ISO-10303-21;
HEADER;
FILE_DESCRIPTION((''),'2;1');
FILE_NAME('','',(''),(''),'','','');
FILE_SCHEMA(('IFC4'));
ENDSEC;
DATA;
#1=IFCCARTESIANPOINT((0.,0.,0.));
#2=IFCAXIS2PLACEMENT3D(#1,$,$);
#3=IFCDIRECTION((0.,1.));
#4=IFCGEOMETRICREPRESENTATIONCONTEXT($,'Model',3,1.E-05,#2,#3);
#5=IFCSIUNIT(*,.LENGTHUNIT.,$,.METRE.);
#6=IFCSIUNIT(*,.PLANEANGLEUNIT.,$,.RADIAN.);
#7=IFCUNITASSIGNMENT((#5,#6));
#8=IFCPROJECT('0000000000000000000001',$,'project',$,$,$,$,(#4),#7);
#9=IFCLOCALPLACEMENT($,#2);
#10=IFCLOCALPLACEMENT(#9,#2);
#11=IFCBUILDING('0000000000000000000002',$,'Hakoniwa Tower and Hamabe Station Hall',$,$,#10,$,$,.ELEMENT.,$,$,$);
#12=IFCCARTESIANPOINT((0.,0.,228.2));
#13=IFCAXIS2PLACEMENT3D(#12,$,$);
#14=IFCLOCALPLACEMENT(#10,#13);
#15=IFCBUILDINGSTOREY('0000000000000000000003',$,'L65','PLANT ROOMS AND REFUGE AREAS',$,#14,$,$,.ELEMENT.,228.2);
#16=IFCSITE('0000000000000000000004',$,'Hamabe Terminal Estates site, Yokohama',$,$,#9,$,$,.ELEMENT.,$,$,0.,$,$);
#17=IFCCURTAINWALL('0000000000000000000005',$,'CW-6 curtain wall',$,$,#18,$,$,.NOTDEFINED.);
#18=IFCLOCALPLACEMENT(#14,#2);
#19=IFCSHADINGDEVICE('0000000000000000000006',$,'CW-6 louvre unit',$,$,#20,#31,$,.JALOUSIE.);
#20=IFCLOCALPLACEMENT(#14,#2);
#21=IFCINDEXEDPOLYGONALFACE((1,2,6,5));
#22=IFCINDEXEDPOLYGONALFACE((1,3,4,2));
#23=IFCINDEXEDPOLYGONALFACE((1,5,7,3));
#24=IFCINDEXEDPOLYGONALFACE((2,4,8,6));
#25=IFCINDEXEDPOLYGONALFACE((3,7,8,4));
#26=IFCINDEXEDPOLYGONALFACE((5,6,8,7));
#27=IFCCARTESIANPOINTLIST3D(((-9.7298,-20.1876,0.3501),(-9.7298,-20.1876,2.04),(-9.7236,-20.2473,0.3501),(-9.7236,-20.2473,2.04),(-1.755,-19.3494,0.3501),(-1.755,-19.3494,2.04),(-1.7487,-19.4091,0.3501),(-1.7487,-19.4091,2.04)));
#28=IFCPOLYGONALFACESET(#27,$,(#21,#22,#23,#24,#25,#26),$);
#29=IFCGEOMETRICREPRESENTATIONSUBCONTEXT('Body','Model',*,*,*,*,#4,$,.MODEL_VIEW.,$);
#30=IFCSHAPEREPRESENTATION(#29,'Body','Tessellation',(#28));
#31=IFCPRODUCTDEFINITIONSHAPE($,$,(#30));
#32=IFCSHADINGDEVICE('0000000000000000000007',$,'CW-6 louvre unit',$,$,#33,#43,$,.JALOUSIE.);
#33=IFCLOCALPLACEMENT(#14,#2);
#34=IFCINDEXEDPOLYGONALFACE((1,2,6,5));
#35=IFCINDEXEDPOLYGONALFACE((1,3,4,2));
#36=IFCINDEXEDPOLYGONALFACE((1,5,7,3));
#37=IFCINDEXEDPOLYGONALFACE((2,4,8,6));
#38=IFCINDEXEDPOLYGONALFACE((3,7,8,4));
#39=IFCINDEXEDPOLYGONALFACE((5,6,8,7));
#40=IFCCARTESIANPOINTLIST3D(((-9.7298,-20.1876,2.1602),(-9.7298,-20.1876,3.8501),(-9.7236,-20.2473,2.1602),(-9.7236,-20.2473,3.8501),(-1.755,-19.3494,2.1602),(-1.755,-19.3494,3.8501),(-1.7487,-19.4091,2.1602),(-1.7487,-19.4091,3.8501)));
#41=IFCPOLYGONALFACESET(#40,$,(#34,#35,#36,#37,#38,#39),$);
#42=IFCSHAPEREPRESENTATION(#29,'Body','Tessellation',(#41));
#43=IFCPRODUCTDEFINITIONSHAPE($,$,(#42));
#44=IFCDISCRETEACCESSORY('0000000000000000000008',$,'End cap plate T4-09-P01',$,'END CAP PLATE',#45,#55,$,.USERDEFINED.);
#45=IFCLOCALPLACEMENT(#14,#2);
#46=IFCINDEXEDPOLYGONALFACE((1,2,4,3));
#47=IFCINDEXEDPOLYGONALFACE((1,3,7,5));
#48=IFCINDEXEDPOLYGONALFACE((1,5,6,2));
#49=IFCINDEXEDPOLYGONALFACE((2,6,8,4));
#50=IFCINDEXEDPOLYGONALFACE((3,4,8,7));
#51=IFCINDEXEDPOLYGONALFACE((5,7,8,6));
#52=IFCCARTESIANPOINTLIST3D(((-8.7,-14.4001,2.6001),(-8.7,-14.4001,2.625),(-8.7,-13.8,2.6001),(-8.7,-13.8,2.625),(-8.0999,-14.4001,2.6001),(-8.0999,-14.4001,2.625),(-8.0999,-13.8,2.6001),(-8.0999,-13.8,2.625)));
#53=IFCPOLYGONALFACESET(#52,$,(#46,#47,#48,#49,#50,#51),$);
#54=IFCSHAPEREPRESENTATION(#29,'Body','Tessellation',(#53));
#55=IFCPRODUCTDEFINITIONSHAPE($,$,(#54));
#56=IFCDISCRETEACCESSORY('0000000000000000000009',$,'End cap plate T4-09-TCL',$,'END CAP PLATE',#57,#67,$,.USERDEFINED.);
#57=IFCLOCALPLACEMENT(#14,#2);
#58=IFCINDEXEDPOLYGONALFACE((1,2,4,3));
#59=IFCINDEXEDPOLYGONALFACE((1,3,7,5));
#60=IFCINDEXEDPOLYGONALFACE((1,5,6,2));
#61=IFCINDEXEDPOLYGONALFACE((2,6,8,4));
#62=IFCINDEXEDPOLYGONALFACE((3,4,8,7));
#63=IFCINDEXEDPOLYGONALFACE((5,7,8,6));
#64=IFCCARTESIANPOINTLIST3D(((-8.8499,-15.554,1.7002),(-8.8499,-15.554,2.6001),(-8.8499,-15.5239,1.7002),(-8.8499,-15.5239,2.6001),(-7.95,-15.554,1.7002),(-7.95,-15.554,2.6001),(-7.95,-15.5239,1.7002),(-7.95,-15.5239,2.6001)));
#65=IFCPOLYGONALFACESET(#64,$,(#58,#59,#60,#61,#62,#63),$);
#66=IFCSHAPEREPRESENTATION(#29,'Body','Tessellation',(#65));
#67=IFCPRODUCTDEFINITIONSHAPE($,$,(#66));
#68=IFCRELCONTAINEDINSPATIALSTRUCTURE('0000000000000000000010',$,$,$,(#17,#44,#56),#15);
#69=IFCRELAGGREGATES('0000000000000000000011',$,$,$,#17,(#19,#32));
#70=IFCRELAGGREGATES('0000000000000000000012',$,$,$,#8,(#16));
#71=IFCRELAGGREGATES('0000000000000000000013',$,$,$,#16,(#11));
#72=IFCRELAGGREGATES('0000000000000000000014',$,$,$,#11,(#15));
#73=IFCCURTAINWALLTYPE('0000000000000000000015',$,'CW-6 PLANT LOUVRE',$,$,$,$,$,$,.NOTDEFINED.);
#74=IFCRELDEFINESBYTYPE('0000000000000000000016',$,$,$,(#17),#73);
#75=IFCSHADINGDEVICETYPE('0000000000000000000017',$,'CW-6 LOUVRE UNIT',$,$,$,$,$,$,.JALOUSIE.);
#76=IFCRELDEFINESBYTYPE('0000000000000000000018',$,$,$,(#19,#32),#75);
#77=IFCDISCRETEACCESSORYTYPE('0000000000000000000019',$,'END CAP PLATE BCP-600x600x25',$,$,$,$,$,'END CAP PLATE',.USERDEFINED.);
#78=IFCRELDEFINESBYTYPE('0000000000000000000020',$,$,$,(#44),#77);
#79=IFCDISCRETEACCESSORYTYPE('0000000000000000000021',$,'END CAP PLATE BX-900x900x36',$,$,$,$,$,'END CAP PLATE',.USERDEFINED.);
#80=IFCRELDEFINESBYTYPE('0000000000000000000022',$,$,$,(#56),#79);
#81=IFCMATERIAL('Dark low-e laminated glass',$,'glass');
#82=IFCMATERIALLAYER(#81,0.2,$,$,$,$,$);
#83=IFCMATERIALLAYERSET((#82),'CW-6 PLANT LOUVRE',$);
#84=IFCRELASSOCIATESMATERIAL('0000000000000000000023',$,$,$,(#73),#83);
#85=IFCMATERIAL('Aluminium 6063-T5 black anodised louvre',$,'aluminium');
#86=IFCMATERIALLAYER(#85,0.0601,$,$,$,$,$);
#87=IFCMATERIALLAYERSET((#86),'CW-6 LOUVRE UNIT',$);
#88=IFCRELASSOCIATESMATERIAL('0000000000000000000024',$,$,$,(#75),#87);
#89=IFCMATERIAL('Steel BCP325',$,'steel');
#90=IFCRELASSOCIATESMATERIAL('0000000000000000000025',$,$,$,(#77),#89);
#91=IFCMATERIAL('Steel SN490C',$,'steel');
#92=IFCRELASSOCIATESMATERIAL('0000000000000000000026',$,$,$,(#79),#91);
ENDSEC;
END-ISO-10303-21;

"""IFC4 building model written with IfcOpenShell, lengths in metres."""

from ifc_helpers import new_model, si_unit, direction, frame, origin, origin_2d, place, context, subcontext, project, spatial, rectangle, extrude, material, layer, layer_set, material_profile, profile_set, type_object, element, aggregate, save


model = new_model("IFC4")

# Units and contexts
model_context = context("Model", 3, precision=1e-05, world=origin(), true_north=direction((0.0, 1.0)))
body_context = subcontext(model_context, "Body", "Model", "MODEL_VIEW")
ifc_project = project(units=[si_unit("LENGTHUNIT", "METRE"), si_unit("PLANEANGLEUNIT", "RADIAN")], contexts=[model_context])

# Site, building, storey
site_placement = place(None, origin())
site = spatial("IfcSite", under=ifc_project, at=site_placement, Name="Hamabe Terminal Estates site, Yokohama", CompositionType="ELEMENT", RefElevation=0.0)
building_placement = place(site_placement, origin())
building = spatial("IfcBuilding", under=site, at=building_placement, Name="Hakoniwa Tower and Hamabe Station Hall", CompositionType="ELEMENT")
storey_placement = place(building_placement, frame((0.0, 0.0, 228.2)))
storey = spatial("IfcBuildingStorey", under=building, at=storey_placement, Name="L65", Description="PLANT ROOMS AND REFUGE AREAS", CompositionType="ELEMENT", Elevation=228.2)

# Curtain wall
ifc_material_1 = material(Name="Dark low-e laminated glass", Category="glass")
ifc_layer_1 = layer(ifc_material_1, 0.2)
ifc_layer_set_1 = layer_set([ifc_layer_1], Name="CW-6 PLANT LOUVRE")
curtain_wall_type = type_object("IfcCurtainWallType", Name="CW-6 PLANT LOUVRE", PredefinedType="NOTDEFINED", material=ifc_layer_set_1)
curtain_wall_placement = place(storey_placement, origin())
curtain_wall = element("IfcCurtainWall", 1, at=curtain_wall_placement, inside=storey, type_object=curtain_wall_type, Name="CW-6 curtain wall", PredefinedType="NOTDEFINED")

# Shading devices
ifc_material_2 = material(Name="Aluminium 6063-T5 black anodised louvre", Category="aluminium")
ifc_layer_2 = layer(ifc_material_2, 0.0601)
ifc_layer_set_2 = layer_set([ifc_layer_2], Name="CW-6 LOUVRE UNIT")
shading_device_type = type_object("IfcShadingDeviceType", Name="CW-6 LOUVRE UNIT", PredefinedType="JALOUSIE", material=ifc_layer_set_2)
shading_device_1_placement = place(storey_placement, frame((-5.7393, -19.7983, 0.3501), z_axis=(0.0, 0.0, 1.0), x_axis=(0.994522, 0.104528, 0.0)))
shading_device_1 = element("IfcShadingDevice", 2, at=shading_device_1_placement, type_object=shading_device_type, Name="CW-6 louvre unit", PredefinedType="JALOUSIE", context=body_context, shape_type="SweptSolid", body=[
    extrude(rectangle(XDim=8.0188, YDim=0.0601, at=origin_2d()), origin(), (0.0, 0.0, 1.0), 1.6899),
])
shading_device_2_placement = place(storey_placement, frame((-5.7393, -19.7983, 2.1602), z_axis=(0.0, 0.0, 1.0), x_axis=(0.994522, 0.104528, 0.0)))
shading_device_2 = element("IfcShadingDevice", 3, at=shading_device_2_placement, type_object=shading_device_type, Name="CW-6 louvre unit", PredefinedType="JALOUSIE", context=body_context, shape_type="SweptSolid", body=[
    extrude(rectangle(XDim=8.0188, YDim=0.0601, at=origin_2d()), origin(), (0.0, 0.0, 1.0), 1.6899),
])
aggregate(curtain_wall, [shading_device_1, shading_device_2])

# Discrete accessories
ifc_material_3 = material(Name="Steel BCP325", Category="steel")
ifc_material_profile_1 = material_profile(ifc_material_3, rectangle(XDim=0.6001, YDim=0.6001, at=origin_2d()), Name="END CAP PLATE BCP-600x600x25")
ifc_profile_set_1 = profile_set([ifc_material_profile_1], Name="Steel BCP325")
discrete_accessory_type_1 = type_object("IfcDiscreteAccessoryType", Name="END CAP PLATE BCP-600x600x25", ElementType="END CAP PLATE", PredefinedType="USERDEFINED", material=ifc_profile_set_1)
discrete_accessory_1_placement = place(storey_placement, frame((-8.3999, -14.1001, 2.6001), z_axis=(0.0, 0.0, 1.0), x_axis=(1.0, 0.0, 0.0)))
element("IfcDiscreteAccessory", 4, at=discrete_accessory_1_placement, inside=storey, type_object=discrete_accessory_type_1, Name="End cap plate T4-09-P01", ObjectType="END CAP PLATE", PredefinedType="USERDEFINED", context=body_context, shape_type="SweptSolid", body=[
    extrude(rectangle(XDim=0.6001, YDim=0.6001, at=origin_2d()), origin(), (0.0, 0.0, 1.0), 0.0249),
])
ifc_material_4 = material(Name="Steel SN490C", Category="steel")
ifc_material_profile_2 = material_profile(ifc_material_4, rectangle(XDim=0.8999, YDim=0.8999, at=origin_2d()), Name="END CAP PLATE BX-900x900x36")
ifc_profile_set_2 = profile_set([ifc_material_profile_2], Name="Steel SN490C")
discrete_accessory_type_2 = type_object("IfcDiscreteAccessoryType", Name="END CAP PLATE BX-900x900x36", ElementType="END CAP PLATE", PredefinedType="USERDEFINED", material=ifc_profile_set_2)
discrete_accessory_2_placement = place(storey_placement, frame((-8.3999, -15.554, 2.1501), z_axis=(0.0, 1.0, 0.0), x_axis=(-1.0, 0.0, 0.0)))
element("IfcDiscreteAccessory", 5, at=discrete_accessory_2_placement, inside=storey, type_object=discrete_accessory_type_2, Name="End cap plate T4-09-TCL", ObjectType="END CAP PLATE", PredefinedType="USERDEFINED", context=body_context, shape_type="SweptSolid", body=[
    extrude(rectangle(XDim=0.8999, YDim=0.8999, at=origin_2d()), origin(), (0.0, 0.0, 1.0), 0.03),
])

save(model, "model.ifc")
